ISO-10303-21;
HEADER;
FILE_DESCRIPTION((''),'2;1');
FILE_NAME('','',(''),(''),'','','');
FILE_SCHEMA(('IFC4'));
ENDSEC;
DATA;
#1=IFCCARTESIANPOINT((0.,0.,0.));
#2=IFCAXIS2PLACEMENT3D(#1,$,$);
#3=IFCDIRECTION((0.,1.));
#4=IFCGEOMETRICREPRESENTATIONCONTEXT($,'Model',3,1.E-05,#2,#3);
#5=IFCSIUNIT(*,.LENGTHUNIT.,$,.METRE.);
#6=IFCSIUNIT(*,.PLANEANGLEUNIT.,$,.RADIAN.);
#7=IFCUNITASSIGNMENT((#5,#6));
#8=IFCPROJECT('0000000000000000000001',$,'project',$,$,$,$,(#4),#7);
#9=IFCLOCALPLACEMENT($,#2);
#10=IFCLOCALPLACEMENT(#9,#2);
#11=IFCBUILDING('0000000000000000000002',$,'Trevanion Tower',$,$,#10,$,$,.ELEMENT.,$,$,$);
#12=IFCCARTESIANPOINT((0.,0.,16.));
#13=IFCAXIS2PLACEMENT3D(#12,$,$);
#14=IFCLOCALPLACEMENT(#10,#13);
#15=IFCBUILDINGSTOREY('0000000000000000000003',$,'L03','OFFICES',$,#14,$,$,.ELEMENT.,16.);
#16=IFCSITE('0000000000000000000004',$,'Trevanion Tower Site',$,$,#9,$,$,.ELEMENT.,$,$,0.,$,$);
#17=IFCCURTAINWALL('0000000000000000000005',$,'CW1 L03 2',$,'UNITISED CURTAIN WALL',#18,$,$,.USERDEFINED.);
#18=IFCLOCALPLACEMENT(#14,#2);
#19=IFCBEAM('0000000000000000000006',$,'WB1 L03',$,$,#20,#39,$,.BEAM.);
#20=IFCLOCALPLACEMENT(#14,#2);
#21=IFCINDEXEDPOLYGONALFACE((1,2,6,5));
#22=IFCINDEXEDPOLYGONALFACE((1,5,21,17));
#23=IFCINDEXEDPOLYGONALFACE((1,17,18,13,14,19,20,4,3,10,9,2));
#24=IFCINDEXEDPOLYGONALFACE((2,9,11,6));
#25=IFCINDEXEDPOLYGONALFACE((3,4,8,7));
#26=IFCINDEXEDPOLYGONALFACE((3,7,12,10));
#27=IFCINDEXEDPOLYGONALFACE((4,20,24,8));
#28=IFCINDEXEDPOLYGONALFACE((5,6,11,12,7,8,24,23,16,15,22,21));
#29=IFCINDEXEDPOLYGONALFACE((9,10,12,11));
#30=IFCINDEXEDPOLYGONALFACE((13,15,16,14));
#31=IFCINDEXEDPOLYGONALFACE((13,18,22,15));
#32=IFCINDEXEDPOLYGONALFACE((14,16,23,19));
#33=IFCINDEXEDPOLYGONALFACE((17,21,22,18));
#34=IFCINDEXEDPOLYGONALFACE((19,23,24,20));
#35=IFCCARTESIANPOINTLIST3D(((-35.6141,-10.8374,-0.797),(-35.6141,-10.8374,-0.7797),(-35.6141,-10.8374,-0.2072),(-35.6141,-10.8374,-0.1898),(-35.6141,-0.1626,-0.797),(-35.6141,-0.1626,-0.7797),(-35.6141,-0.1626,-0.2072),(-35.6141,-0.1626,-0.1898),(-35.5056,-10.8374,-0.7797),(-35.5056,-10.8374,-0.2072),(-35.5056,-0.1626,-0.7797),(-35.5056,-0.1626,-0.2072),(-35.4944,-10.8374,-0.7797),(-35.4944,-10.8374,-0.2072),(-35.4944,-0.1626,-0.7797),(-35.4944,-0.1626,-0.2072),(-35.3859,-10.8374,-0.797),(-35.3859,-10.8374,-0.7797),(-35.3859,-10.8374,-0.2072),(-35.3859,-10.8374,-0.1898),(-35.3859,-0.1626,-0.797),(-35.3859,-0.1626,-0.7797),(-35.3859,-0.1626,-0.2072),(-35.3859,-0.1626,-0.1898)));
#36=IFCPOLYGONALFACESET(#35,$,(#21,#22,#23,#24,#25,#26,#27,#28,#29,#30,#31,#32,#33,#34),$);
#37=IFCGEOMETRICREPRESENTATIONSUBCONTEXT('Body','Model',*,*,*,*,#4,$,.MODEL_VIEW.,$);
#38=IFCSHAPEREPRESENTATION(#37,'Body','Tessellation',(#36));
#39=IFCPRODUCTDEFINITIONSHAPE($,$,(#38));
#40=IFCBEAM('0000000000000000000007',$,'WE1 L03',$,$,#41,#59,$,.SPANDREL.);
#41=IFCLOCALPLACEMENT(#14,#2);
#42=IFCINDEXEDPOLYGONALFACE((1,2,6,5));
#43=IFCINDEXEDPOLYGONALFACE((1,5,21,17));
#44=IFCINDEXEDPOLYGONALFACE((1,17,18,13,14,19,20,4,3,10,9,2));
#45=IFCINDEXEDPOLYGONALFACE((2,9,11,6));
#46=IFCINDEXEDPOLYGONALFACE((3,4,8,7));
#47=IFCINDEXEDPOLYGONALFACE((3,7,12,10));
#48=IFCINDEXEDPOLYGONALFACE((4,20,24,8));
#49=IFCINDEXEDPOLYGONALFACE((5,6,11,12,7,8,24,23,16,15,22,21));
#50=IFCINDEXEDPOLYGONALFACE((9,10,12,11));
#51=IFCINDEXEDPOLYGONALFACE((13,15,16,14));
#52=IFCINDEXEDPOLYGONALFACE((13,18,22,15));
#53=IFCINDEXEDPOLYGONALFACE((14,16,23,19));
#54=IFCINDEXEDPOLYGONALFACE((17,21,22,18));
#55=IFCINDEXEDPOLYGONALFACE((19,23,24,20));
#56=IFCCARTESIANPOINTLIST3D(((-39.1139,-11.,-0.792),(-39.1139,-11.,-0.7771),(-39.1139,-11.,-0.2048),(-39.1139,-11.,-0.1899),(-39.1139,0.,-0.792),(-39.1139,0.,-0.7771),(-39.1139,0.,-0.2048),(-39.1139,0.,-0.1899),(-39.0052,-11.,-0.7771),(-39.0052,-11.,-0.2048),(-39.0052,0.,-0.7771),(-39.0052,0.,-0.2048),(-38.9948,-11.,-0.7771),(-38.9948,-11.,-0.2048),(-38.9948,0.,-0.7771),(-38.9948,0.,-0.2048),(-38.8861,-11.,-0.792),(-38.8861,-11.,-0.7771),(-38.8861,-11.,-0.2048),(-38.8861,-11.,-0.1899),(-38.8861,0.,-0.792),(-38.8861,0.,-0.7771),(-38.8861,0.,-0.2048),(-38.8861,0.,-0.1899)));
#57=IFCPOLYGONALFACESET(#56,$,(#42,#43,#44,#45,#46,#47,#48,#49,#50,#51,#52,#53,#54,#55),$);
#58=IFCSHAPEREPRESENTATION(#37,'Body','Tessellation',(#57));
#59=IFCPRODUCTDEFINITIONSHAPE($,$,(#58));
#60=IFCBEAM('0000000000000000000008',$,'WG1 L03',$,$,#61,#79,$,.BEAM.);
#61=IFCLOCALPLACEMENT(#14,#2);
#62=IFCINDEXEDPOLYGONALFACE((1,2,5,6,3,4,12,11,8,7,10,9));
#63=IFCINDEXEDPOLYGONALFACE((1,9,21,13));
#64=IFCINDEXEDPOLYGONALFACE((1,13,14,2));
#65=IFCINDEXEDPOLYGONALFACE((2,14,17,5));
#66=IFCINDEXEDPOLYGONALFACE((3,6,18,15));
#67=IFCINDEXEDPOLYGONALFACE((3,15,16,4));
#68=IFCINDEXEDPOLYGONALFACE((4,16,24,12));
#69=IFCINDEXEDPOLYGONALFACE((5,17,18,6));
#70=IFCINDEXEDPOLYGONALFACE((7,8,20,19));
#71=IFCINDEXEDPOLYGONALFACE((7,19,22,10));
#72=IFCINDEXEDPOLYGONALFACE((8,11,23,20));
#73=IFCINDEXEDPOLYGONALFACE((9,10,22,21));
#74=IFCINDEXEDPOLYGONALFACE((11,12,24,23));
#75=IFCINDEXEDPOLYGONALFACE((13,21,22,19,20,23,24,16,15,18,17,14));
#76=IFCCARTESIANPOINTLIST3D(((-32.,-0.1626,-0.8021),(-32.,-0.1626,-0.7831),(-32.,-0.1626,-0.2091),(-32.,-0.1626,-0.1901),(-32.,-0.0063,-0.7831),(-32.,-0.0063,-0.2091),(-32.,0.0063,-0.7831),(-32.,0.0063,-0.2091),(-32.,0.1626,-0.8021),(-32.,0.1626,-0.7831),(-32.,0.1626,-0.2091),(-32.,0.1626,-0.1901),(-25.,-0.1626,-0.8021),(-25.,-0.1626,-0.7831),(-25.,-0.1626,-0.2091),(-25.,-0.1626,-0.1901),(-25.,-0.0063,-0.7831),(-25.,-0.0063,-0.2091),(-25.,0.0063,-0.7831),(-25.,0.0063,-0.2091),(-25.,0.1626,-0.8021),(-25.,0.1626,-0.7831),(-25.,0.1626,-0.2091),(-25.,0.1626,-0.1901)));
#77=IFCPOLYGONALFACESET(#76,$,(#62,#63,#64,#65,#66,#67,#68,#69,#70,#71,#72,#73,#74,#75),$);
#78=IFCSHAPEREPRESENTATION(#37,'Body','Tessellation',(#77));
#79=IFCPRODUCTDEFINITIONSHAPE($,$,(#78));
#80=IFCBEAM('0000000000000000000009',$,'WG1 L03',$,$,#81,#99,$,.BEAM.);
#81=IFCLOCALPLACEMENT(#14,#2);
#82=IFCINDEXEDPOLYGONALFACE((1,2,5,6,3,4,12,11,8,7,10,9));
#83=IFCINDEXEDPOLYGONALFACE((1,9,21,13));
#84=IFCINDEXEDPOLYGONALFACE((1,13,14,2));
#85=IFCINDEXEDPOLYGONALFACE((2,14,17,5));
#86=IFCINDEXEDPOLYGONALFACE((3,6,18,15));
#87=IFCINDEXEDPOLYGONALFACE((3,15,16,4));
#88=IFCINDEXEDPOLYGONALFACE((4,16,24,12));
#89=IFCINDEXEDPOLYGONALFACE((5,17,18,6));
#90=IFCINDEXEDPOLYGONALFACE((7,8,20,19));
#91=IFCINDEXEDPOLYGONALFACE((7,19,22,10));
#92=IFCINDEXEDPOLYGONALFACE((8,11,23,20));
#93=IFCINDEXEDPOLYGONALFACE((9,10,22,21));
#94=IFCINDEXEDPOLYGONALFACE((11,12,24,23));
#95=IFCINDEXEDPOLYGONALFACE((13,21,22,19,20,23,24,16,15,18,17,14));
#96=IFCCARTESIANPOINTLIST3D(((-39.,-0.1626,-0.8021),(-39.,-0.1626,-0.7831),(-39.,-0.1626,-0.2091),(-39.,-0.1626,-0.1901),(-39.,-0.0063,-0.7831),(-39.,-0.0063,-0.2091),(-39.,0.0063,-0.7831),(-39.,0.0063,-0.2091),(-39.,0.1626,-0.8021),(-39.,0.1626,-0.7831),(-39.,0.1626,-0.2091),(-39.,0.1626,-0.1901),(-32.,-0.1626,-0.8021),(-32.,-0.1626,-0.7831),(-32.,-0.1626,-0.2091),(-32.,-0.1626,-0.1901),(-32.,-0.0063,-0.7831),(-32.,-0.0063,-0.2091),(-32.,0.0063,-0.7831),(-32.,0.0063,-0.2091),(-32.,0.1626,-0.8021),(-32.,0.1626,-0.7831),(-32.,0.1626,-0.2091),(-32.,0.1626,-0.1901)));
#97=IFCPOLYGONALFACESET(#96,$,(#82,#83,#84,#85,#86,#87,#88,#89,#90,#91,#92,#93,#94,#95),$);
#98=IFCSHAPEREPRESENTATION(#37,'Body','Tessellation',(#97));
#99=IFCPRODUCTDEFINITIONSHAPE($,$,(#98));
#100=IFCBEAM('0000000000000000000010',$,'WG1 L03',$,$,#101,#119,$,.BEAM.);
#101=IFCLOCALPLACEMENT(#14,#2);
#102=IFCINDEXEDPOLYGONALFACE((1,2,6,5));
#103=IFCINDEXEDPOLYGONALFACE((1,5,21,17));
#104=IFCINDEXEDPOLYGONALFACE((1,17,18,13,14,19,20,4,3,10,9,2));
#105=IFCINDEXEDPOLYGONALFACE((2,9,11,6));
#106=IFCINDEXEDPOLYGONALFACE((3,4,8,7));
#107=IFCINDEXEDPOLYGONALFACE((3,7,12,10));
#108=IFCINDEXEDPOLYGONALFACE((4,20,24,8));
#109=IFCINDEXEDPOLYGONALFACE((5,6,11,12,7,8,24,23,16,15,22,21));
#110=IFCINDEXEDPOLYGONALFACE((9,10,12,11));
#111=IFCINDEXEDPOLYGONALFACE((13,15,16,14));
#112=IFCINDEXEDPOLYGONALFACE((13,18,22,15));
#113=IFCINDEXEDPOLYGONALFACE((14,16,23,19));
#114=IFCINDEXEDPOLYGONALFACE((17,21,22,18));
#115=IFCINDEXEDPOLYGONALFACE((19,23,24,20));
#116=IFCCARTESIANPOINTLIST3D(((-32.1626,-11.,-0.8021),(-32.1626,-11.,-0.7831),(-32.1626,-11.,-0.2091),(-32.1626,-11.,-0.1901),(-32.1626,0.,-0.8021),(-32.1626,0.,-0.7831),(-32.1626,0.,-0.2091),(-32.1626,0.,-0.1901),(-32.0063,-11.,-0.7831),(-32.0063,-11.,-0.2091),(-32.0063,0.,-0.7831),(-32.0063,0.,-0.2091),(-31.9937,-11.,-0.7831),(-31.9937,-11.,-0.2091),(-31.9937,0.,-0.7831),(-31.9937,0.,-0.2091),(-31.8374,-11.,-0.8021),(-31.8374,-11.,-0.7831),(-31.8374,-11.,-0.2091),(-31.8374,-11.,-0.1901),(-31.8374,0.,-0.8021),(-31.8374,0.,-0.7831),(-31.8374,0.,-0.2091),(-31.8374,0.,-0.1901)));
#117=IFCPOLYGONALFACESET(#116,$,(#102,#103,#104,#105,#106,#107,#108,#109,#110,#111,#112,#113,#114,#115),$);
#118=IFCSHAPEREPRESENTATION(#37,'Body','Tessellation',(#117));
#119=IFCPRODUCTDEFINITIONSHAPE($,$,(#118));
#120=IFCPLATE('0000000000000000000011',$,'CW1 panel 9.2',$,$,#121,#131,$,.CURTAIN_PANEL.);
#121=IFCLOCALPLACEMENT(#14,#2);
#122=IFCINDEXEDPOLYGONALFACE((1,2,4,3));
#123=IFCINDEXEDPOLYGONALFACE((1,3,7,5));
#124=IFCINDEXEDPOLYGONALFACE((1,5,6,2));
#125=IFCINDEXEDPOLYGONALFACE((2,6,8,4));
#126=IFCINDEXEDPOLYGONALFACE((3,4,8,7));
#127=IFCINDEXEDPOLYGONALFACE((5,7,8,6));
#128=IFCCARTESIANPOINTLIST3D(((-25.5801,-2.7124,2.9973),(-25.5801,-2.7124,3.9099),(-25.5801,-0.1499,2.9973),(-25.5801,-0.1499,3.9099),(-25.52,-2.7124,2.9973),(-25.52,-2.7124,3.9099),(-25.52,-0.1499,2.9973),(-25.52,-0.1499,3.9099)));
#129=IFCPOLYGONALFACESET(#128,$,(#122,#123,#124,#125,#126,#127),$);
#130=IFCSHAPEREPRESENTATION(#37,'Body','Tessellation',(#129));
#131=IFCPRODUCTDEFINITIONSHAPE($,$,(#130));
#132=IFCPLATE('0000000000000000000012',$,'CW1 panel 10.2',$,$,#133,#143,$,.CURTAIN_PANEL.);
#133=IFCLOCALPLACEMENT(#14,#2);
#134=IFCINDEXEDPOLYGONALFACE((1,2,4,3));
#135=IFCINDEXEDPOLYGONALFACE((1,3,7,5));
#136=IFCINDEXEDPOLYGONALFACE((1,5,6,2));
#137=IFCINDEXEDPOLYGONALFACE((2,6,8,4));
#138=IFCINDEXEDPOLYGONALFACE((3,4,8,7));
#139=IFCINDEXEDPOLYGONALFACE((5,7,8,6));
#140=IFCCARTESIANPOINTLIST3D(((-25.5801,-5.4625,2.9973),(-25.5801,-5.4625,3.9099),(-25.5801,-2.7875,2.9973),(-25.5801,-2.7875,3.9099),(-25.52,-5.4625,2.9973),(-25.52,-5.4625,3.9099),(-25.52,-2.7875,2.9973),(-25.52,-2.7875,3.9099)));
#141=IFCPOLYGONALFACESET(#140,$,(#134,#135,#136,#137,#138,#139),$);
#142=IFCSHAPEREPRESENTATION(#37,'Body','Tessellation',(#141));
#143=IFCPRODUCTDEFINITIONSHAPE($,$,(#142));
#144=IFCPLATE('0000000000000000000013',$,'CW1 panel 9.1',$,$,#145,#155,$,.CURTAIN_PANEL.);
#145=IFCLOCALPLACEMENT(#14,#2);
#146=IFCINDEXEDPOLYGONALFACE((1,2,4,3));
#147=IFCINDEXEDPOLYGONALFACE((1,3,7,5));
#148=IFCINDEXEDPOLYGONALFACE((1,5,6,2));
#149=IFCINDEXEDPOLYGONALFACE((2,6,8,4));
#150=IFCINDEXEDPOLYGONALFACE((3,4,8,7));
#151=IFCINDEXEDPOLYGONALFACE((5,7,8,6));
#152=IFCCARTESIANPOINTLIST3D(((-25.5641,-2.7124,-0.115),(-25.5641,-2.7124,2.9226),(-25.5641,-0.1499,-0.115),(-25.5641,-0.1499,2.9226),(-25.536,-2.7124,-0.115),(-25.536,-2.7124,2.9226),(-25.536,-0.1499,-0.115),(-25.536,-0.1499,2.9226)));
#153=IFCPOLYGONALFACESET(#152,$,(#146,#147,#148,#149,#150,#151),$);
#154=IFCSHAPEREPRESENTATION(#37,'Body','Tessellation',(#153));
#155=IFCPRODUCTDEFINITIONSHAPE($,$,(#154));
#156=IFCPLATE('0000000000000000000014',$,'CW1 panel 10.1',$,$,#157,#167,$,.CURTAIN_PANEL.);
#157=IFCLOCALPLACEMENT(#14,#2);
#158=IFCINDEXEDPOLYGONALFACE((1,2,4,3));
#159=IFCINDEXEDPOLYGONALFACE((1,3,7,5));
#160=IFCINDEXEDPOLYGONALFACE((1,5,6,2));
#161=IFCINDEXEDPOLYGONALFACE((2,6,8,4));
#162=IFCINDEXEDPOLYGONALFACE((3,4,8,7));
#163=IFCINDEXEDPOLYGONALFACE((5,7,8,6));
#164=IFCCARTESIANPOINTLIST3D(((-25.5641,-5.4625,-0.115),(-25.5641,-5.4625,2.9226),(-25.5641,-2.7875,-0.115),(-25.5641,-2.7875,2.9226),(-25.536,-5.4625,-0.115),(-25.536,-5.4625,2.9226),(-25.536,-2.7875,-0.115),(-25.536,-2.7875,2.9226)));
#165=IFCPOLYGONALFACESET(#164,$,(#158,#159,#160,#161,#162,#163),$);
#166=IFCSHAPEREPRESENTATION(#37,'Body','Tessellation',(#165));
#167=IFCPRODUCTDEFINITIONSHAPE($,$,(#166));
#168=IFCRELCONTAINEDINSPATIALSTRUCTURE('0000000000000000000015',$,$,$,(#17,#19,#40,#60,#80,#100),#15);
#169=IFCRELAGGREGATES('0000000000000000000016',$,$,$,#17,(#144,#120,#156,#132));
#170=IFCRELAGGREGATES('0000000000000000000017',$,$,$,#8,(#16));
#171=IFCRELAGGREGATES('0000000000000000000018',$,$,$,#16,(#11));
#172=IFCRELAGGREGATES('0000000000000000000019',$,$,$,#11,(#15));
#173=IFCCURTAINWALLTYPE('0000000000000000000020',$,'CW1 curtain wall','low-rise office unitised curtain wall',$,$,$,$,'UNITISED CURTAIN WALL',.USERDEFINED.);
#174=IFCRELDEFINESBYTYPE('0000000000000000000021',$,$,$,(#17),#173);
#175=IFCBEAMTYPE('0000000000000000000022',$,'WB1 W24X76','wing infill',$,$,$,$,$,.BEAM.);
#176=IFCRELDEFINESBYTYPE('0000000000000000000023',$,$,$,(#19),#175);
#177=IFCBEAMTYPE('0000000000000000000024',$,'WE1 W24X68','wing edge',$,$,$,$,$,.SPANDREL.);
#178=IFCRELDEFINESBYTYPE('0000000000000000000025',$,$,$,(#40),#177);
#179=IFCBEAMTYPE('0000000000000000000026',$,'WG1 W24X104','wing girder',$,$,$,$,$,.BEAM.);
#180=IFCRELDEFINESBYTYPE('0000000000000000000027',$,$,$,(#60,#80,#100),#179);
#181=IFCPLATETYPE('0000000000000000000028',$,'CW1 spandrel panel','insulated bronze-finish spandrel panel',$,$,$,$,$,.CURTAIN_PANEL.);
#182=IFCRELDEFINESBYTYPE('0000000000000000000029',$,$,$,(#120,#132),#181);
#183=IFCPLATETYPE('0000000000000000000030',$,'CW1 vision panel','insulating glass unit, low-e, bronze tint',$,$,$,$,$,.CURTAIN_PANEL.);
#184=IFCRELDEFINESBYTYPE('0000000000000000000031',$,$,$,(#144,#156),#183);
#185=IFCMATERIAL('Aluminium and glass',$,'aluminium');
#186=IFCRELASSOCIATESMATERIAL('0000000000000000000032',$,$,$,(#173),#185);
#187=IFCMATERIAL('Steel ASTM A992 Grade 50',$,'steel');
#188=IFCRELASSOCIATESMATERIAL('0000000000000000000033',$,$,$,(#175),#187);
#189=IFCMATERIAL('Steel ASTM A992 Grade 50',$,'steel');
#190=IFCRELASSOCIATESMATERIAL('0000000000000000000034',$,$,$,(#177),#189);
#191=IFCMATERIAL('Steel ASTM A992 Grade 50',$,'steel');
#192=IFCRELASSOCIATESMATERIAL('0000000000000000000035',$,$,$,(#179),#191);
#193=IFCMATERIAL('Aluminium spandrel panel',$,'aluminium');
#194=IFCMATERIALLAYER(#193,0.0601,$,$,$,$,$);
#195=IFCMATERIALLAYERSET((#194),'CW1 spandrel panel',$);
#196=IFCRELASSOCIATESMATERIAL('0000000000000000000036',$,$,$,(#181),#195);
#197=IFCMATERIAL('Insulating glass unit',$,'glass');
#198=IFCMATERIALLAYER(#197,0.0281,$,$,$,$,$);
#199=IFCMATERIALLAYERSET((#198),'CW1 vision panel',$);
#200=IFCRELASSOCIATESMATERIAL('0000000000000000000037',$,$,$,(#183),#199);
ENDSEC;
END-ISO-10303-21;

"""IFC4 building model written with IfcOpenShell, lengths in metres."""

from ifc_helpers import new_model, si_unit, direction, frame, origin, origin_2d, place, context, subcontext, project, spatial, rectangle, i_section, extrude, material, layer, layer_set, material_profile, profile_set, type_object, element, aggregate, save


model = new_model("IFC4")

# Units and contexts
model_context = context("Model", 3, precision=1e-05, world=origin(), true_north=direction((0.0, 1.0)))
body_context = subcontext(model_context, "Body", "Model", "MODEL_VIEW")
ifc_project = project(units=[si_unit("LENGTHUNIT", "METRE"), si_unit("PLANEANGLEUNIT", "RADIAN")], contexts=[model_context])

# Site, building, storey
site_placement = place(None, origin())
site = spatial("IfcSite", under=ifc_project, at=site_placement, Name="Trevanion Tower Site", CompositionType="ELEMENT", RefElevation=0.0)
building_placement = place(site_placement, origin())
building = spatial("IfcBuilding", under=site, at=building_placement, Name="Trevanion Tower", CompositionType="ELEMENT")
storey_placement = place(building_placement, frame((0.0, 0.0, 16.0)))
storey = spatial("IfcBuildingStorey", under=building, at=storey_placement, Name="L03", Description="OFFICES", CompositionType="ELEMENT", Elevation=16.0)

# Curtain wall
ifc_material_1 = material(Name="Aluminium and glass", Category="aluminium")
curtain_wall_type = type_object("IfcCurtainWallType", Name="CW1 curtain wall", Description="low-rise office unitised curtain wall", ElementType="UNITISED CURTAIN WALL", PredefinedType="USERDEFINED", material=ifc_material_1)
curtain_wall_placement = place(storey_placement, origin())
curtain_wall = element("IfcCurtainWall", 1, at=curtain_wall_placement, inside=storey, type_object=curtain_wall_type, Name="CW1 L03 2", ObjectType="UNITISED CURTAIN WALL", PredefinedType="USERDEFINED")

# Beams
ifc_material_2 = material(Name="Steel ASTM A992 Grade 50", Category="steel")
ifc_material_profile_1 = material_profile(ifc_material_2, i_section(OverallWidth=0.2283, OverallDepth=0.6072, WebThickness=0.0112, FlangeThickness=0.0173, at=origin_2d()), Name="W24X76")
ifc_profile_set_1 = profile_set([ifc_material_profile_1], Name="Steel ASTM A992 Grade 50")
beam_type_1 = type_object("IfcBeamType", Name="WB1 W24X76", Description="wing infill", PredefinedType="BEAM", material=ifc_profile_set_1)
for number, where, z_axis, x_axis, name in (
    (2, (-35.5, -0.1626, -0.4934), (0.0, -1.0, 0.0), (1.0, 0.0, 0.0), "WB1 L03"),
):
    element("IfcBeam", number, at=place(storey_placement, frame(where, z_axis=z_axis, x_axis=x_axis)), inside=storey, type_object=beam_type_1, Name=name, PredefinedType="BEAM", context=body_context, shape_type="SweptSolid", body=[
        extrude(i_section(OverallWidth=0.2283, OverallDepth=0.6072, WebThickness=0.0112, FlangeThickness=0.0173, at=origin_2d()), origin(), (0.0, 0.0, 1.0), 10.6748),
    ])
ifc_material_3 = material(Name="Steel ASTM A992 Grade 50", Category="steel")
ifc_material_profile_2 = material_profile(ifc_material_3, i_section(OverallWidth=0.2278, OverallDepth=0.6021, WebThickness=0.0105, FlangeThickness=0.0149, at=origin_2d()), Name="W24X68")
ifc_profile_set_2 = profile_set([ifc_material_profile_2], Name="Steel ASTM A992 Grade 50")
beam_type_2 = type_object("IfcBeamType", Name="WE1 W24X68", Description="wing edge", PredefinedType="SPANDREL", material=ifc_profile_set_2)
beam_1_placement = place(storey_placement, frame((-39.0, 0.0, -0.491), z_axis=(0.0, -1.0, 0.0), x_axis=(1.0, 0.0, 0.0)))
element("IfcBeam", 3, at=beam_1_placement, inside=storey, type_object=beam_type_2, Name="WE1 L03", PredefinedType="SPANDREL", context=body_context, shape_type="SweptSolid", body=[
    extrude(i_section(OverallWidth=0.2278, OverallDepth=0.6021, WebThickness=0.0105, FlangeThickness=0.0149, at=origin_2d()), origin(), (0.0, 0.0, 1.0), 11.0),
])
ifc_material_4 = material(Name="Steel ASTM A992 Grade 50", Category="steel")
ifc_material_profile_3 = material_profile(ifc_material_4, i_section(OverallWidth=0.3252, OverallDepth=0.6121, WebThickness=0.0127, FlangeThickness=0.019, at=origin_2d()), Name="W24X104")
ifc_profile_set_3 = profile_set([ifc_material_profile_3], Name="Steel ASTM A992 Grade 50")
beam_type_3 = type_object("IfcBeamType", Name="WG1 W24X104", Description="wing girder", PredefinedType="BEAM", material=ifc_profile_set_3)
for number, where, z_axis, x_axis, name in (
    (4, (-25.0, 0.0, -0.4961), (-1.0, 0.0, 0.0), (0.0, -1.0, 0.0), "WG1 L03"),
    (5, (-32.0, 0.0, -0.4961), (-1.0, 0.0, 0.0), (0.0, -1.0, 0.0), "WG1 L03"),
):
    element("IfcBeam", number, at=place(storey_placement, frame(where, z_axis=z_axis, x_axis=x_axis)), inside=storey, type_object=beam_type_3, Name=name, PredefinedType="BEAM", context=body_context, shape_type="SweptSolid", body=[
        extrude(i_section(OverallWidth=0.3252, OverallDepth=0.6121, WebThickness=0.0127, FlangeThickness=0.019, at=origin_2d()), origin(), (0.0, 0.0, 1.0), 7.0),
    ])
beam_2_placement = place(storey_placement, frame((-32.0, 0.0, -0.4961), z_axis=(0.0, -1.0, 0.0), x_axis=(1.0, 0.0, 0.0)))
element("IfcBeam", 6, at=beam_2_placement, inside=storey, type_object=beam_type_3, Name="WG1 L03", PredefinedType="BEAM", context=body_context, shape_type="SweptSolid", body=[
    extrude(i_section(OverallWidth=0.3252, OverallDepth=0.6121, WebThickness=0.0127, FlangeThickness=0.019, at=origin_2d()), origin(), (0.0, 0.0, 1.0), 11.0),
])

# Plates
ifc_material_5 = material(Name="Aluminium spandrel panel", Category="aluminium")
ifc_layer_1 = layer(ifc_material_5, 0.0601)
ifc_layer_set_1 = layer_set([ifc_layer_1], Name="CW1 spandrel panel")
plate_type_1 = type_object("IfcPlateType", Name="CW1 spandrel panel", Description="insulated bronze-finish spandrel panel", PredefinedType="CURTAIN_PANEL", material=ifc_layer_set_1)
plate_1_placement = place(storey_placement, frame((-25.55, -1.4312, 2.9973), z_axis=(0.0, 0.0, 1.0), x_axis=(0.0, -1.0, 0.0)))
plate_1 = element("IfcPlate", 7, at=plate_1_placement, type_object=plate_type_1, Name="CW1 panel 9.2", PredefinedType="CURTAIN_PANEL", context=body_context, shape_type="SweptSolid", body=[
    extrude(rectangle(XDim=2.5625, YDim=0.0601, at=origin_2d()), origin(), (0.0, 0.0, 1.0), 0.9126),
])
plate_2_placement = place(storey_placement, frame((-25.55, -4.125, 2.9973), z_axis=(0.0, 0.0, 1.0), x_axis=(0.0, -1.0, 0.0)))
plate_2 = element("IfcPlate", 8, at=plate_2_placement, type_object=plate_type_1, Name="CW1 panel 10.2", PredefinedType="CURTAIN_PANEL", context=body_context, shape_type="SweptSolid", body=[
    extrude(rectangle(XDim=2.675, YDim=0.0601, at=origin_2d()), origin(), (0.0, 0.0, 1.0), 0.9126),
])
ifc_material_6 = material(Name="Insulating glass unit", Category="glass")
ifc_layer_2 = layer(ifc_material_6, 0.0281)
ifc_layer_set_2 = layer_set([ifc_layer_2], Name="CW1 vision panel")
plate_type_2 = type_object("IfcPlateType", Name="CW1 vision panel", Description="insulating glass unit, low-e, bronze tint", PredefinedType="CURTAIN_PANEL", material=ifc_layer_set_2)
plate_3_placement = place(storey_placement, frame((-25.55, -1.4312, -0.115), z_axis=(0.0, 0.0, 1.0), x_axis=(0.0, -1.0, 0.0)))
plate_3 = element("IfcPlate", 9, at=plate_3_placement, type_object=plate_type_2, Name="CW1 panel 9.1", PredefinedType="CURTAIN_PANEL", context=body_context, shape_type="SweptSolid", body=[
    extrude(rectangle(XDim=2.5625, YDim=0.0281, at=origin_2d()), origin(), (0.0, 0.0, 1.0), 3.0376),
])
plate_4_placement = place(storey_placement, frame((-25.55, -4.125, -0.115), z_axis=(0.0, 0.0, 1.0), x_axis=(0.0, -1.0, 0.0)))
plate_4 = element("IfcPlate", 10, at=plate_4_placement, type_object=plate_type_2, Name="CW1 panel 10.1", PredefinedType="CURTAIN_PANEL", context=body_context, shape_type="SweptSolid", body=[
    extrude(rectangle(XDim=2.675, YDim=0.0281, at=origin_2d()), origin(), (0.0, 0.0, 1.0), 3.0376),
])
aggregate(curtain_wall, [plate_3, plate_1, plate_4, plate_2])

save(model, "model.ifc")
